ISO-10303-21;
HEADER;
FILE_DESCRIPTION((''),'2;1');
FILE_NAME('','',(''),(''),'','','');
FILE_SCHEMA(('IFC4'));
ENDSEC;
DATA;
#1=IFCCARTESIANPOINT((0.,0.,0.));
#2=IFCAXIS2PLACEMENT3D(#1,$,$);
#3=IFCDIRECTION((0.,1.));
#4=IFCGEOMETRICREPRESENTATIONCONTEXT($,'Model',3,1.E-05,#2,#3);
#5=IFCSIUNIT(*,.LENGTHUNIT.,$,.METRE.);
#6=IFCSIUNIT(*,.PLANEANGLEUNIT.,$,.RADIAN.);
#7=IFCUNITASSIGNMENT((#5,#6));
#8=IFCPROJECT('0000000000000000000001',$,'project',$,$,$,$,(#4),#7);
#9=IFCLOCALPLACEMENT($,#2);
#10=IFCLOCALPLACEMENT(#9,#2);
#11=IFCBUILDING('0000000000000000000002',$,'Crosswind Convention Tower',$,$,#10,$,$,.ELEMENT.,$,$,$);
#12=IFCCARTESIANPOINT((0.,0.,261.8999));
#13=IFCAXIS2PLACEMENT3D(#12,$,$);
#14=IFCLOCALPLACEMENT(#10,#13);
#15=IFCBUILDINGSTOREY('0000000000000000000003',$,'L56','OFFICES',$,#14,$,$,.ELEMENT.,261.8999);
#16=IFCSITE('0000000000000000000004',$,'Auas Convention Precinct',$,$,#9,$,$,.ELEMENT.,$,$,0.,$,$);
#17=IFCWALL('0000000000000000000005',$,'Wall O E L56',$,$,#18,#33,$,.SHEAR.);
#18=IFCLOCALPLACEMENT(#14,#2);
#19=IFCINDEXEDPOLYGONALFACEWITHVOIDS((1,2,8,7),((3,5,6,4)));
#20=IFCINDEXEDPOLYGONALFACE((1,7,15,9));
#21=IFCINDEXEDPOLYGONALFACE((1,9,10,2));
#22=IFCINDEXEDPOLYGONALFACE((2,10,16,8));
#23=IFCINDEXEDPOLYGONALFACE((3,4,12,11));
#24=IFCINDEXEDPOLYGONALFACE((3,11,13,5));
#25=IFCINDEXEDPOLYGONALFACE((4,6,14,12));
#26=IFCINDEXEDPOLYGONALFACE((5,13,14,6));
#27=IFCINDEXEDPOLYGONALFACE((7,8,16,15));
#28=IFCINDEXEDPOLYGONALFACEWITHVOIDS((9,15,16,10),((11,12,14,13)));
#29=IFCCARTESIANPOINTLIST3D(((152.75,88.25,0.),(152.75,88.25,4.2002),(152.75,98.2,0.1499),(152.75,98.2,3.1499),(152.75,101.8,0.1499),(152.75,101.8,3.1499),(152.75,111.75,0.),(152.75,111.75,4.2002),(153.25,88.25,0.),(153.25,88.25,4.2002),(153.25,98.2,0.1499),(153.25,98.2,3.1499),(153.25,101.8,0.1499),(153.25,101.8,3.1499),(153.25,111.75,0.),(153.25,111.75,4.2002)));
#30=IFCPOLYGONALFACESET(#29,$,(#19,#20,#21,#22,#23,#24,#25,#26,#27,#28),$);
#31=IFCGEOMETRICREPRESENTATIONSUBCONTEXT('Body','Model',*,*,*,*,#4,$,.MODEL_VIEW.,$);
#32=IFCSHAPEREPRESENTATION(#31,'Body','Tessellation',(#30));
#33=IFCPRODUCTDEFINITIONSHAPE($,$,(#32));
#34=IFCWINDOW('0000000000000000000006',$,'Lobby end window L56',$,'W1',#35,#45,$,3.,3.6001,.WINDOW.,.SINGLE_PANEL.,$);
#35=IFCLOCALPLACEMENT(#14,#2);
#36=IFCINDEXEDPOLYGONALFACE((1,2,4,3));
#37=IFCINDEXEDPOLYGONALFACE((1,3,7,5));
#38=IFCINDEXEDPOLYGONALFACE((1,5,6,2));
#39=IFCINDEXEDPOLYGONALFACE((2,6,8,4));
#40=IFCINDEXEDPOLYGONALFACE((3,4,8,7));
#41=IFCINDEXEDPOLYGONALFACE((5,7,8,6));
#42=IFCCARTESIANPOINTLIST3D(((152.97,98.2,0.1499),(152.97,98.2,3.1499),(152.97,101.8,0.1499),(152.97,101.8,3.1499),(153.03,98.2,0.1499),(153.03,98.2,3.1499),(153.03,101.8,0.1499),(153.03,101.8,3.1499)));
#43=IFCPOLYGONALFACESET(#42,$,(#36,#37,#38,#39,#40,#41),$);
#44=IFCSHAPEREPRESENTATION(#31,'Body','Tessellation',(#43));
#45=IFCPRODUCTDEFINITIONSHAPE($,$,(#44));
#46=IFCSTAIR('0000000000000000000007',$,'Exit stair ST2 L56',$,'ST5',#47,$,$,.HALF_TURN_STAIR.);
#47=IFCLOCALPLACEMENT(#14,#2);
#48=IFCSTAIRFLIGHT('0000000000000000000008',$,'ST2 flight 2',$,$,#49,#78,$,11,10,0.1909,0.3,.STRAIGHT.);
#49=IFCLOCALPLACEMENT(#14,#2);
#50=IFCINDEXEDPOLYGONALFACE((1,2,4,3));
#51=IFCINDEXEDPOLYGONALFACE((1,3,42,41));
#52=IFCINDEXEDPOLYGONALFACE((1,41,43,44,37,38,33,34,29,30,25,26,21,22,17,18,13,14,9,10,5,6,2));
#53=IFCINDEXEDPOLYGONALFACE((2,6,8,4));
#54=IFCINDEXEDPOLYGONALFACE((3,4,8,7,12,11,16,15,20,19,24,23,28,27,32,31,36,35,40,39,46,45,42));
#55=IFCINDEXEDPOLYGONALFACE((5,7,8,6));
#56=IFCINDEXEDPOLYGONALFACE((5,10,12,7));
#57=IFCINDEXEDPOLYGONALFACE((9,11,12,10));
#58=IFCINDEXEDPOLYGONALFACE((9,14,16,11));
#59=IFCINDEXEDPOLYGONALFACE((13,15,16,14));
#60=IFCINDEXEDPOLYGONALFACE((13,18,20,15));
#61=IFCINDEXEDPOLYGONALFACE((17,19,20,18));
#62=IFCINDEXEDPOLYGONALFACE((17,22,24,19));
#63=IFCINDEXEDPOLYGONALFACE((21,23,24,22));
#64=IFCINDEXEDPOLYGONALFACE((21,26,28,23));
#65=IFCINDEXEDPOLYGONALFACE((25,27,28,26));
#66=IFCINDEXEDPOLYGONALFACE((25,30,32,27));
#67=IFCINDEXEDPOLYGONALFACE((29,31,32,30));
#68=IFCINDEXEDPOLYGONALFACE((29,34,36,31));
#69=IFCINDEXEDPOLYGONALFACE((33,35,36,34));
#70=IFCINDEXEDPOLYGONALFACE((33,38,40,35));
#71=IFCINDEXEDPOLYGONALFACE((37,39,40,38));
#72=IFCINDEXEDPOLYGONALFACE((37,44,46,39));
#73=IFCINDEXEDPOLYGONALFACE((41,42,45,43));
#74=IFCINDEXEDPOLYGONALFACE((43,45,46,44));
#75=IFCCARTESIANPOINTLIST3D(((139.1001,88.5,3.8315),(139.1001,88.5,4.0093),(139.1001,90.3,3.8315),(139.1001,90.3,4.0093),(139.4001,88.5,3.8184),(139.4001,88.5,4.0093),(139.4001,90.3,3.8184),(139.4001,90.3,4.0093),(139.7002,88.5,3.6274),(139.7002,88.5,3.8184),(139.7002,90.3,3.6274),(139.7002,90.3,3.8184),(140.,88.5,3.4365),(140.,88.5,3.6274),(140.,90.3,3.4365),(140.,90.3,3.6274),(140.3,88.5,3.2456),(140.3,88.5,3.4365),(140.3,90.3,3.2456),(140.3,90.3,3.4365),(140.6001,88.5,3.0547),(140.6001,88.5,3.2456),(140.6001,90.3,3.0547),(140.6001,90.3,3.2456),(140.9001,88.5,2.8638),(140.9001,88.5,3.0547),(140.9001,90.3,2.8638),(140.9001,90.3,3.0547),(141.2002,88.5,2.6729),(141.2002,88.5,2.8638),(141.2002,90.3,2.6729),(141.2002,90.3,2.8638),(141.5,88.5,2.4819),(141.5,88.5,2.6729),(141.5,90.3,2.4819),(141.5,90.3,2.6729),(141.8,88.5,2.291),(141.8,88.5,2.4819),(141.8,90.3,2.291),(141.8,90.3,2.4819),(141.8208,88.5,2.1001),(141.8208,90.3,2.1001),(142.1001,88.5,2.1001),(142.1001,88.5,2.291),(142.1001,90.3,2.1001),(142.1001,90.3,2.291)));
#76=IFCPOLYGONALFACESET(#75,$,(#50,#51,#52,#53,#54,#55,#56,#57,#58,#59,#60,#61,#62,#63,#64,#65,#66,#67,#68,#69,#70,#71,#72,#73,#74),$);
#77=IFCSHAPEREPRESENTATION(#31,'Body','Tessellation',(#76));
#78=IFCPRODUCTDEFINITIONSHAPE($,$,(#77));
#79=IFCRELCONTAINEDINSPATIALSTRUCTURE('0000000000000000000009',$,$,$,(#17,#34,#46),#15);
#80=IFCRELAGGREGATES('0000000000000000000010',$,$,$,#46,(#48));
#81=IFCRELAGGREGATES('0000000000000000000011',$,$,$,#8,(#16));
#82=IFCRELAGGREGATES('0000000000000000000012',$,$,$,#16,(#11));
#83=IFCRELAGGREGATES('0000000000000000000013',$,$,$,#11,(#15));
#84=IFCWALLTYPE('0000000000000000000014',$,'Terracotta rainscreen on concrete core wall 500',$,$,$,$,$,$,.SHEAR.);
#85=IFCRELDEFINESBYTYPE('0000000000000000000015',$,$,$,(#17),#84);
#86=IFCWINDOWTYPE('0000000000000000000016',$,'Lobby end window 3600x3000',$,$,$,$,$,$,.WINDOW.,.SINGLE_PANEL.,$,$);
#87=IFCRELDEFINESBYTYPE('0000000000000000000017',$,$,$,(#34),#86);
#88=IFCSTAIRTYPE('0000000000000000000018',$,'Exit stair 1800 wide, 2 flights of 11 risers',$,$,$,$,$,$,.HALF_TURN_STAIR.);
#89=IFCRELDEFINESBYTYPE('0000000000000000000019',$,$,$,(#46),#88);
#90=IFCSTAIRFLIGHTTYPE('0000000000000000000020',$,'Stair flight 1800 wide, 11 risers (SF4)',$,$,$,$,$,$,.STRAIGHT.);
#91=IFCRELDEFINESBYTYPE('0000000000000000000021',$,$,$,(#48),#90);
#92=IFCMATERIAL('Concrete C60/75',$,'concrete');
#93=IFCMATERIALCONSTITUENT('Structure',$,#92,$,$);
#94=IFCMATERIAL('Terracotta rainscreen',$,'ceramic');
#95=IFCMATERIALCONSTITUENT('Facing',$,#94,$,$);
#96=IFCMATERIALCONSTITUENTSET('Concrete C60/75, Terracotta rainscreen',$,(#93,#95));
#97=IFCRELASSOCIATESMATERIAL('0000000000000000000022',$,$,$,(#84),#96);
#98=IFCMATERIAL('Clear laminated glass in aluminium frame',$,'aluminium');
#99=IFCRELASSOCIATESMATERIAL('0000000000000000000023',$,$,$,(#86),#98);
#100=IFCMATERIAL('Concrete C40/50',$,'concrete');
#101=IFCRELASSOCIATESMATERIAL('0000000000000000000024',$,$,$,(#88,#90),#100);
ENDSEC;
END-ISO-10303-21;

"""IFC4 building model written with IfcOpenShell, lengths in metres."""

from ifc_helpers import new_model, si_unit, direction, frame, frame_2d, origin, place, context, subcontext, project, spatial, polyline, rectangle, outline, extrude, material, constituent, constituent_set, type_object, element, fill, aggregate, save


model = new_model("IFC4")

# Units and contexts
model_context = context("Model", 3, precision=1e-05, world=origin(), true_north=direction((0.0, 1.0)))
body_context = subcontext(model_context, "Body", "Model", "MODEL_VIEW")
ifc_project = project(units=[si_unit("LENGTHUNIT", "METRE"), si_unit("PLANEANGLEUNIT", "RADIAN")], contexts=[model_context])

# Site, building, storey
site_placement = place(None, origin())
site = spatial("IfcSite", under=ifc_project, at=site_placement, Name="Auas Convention Precinct", CompositionType="ELEMENT", RefElevation=0.0)
building_placement = place(site_placement, origin())
building = spatial("IfcBuilding", under=site, at=building_placement, Name="Crosswind Convention Tower", CompositionType="ELEMENT")
storey_placement = place(building_placement, frame((0.0, 0.0, 261.8999)))
storey = spatial("IfcBuildingStorey", under=building, at=storey_placement, Name="L56", Description="OFFICES", CompositionType="ELEMENT", Elevation=261.8999)

# Wall, opening, window
ifc_material_1 = material(Name="Concrete C60/75", Category="concrete")
ifc_constituent_1 = constituent(ifc_material_1, Name="Structure")
ifc_material_2 = material(Name="Terracotta rainscreen", Category="ceramic")
ifc_constituent_2 = constituent(ifc_material_2, Name="Facing")
ifc_constituent_set = constituent_set(constituents=[ifc_constituent_1, ifc_constituent_2], Name="Concrete C60/75, Terracotta rainscreen")
wall_type_1 = type_object("IfcWallType", Name="Terracotta rainscreen on concrete core wall 500", PredefinedType="SHEAR", material=ifc_constituent_set)
wall_1_placement = place(storey_placement, frame((153.0, 88.25, 0.0), z_axis=(0.0, 0.0, 1.0), x_axis=(0.0, 1.0, 0.0)))
wall_1 = element("IfcWall", 1, at=wall_1_placement, inside=storey, type_object=wall_type_1, Name="Wall O E L56", PredefinedType="SHEAR", context=body_context, shape_type="SweptSolid", body=[
    extrude(rectangle(XDim=23.5, YDim=0.5, at=frame_2d((11.75, 0.0))), origin(), (0.0, 0.0, 1.0), 4.2002),
])
opening_1_placement = place(wall_1_placement, frame((9.95, 0.0, 0.1499)))
opening_1 = element("IfcOpeningElement", 2, at=opening_1_placement, cuts=wall_1, PredefinedType="OPENING", context=body_context, shape_type="SweptSolid", body=[
    extrude(rectangle(XDim=3.6001, YDim=3.0, at=frame_2d((1.8, 1.5))), frame((0.0, 0.26, 0.0), z_axis=(0.0, -1.0, 0.0), x_axis=(1.0, 0.0, 0.0)), (0.0, 0.0, 1.0), 0.52),
])
ifc_material_3 = material(Name="Clear laminated glass in aluminium frame", Category="aluminium")
window_type = type_object("IfcWindowType", Name="Lobby end window 3600x3000", PartitioningType="SINGLE_PANEL", PredefinedType="WINDOW", material=ifc_material_3)
window_placement = place(opening_1_placement, origin())
window = element("IfcWindow", 3, at=window_placement, inside=storey, type_object=window_type, Name="Lobby end window L56", ObjectType="W1", OverallHeight=3.0, OverallWidth=3.6001, PartitioningType="SINGLE_PANEL", PredefinedType="WINDOW", context=body_context, shape_type="SweptSolid", body=[
    extrude(rectangle(XDim=3.6001, YDim=3.0, at=frame_2d((1.8, 1.5))), frame((0.0, 0.03, 0.0), z_axis=(0.0, -1.0, 0.0), x_axis=(1.0, 0.0, 0.0)), (0.0, 0.0, 1.0), 0.0601),
])
fill(opening_1, window)

# Stair, stair flight
ifc_material_4 = material(Name="Concrete C40/50", Category="concrete")
stair_type = type_object("IfcStairType", Name="Exit stair 1800 wide, 2 flights of 11 risers", PredefinedType="HALF_TURN_STAIR", material=ifc_material_4)
stair_placement = place(storey_placement, origin())
stair = element("IfcStair", 4, at=stair_placement, inside=storey, type_object=stair_type, Name="Exit stair ST2 L56", ObjectType="ST5", PredefinedType="HALF_TURN_STAIR")
stair_flight_type = type_object("IfcStairFlightType", Name="Stair flight 1800 wide, 11 risers (SF4)", PredefinedType="STRAIGHT", material=ifc_material_4)
stair_flight_placement = place(storey_placement, frame((142.1001, 89.3999, 2.1001), z_axis=(0.0, 0.0, 1.0), x_axis=(-1.0, 0.0, 0.0)))
stair_flight = element("IfcStairFlight", 5, at=stair_flight_placement, type_object=stair_flight_type, Name="ST2 flight 2", NumberOfRisers=11, NumberOfTreads=10, PredefinedType="STRAIGHT", RiserHeight=0.1909, TreadLength=0.3, context=body_context, shape_type="SweptSolid", body=[
    extrude(outline(polyline([(0.0, 0.0), (0.0, 0.1909), (0.3, 0.1909), (0.3, 0.3818), (0.6001, 0.3818), (0.6001, 0.5728), (0.8999, 0.5728), (0.8999, 0.7637), (1.2, 0.7637), (1.2, 0.9546), (1.5, 0.9546), (1.5, 1.1455), (1.8, 1.1455), (1.8, 1.3364), (2.1001, 1.3364), (2.1001, 1.5273), (2.3999, 1.5273), (2.3999, 1.7183), (2.7, 1.7183), (2.7, 1.9092), (3.0, 1.9092), (3.0, 2.1001), (3.0, 1.7314), (0.2793, 0.0), (0.0, 0.0)])), frame((0.0, 0.8999, 0.0), z_axis=(0.0, -1.0, 0.0), x_axis=(1.0, 0.0, 0.0)), (0.0, 0.0, 1.0), 1.8),
])
aggregate(stair, [stair_flight])

save(model, "model.ifc")
